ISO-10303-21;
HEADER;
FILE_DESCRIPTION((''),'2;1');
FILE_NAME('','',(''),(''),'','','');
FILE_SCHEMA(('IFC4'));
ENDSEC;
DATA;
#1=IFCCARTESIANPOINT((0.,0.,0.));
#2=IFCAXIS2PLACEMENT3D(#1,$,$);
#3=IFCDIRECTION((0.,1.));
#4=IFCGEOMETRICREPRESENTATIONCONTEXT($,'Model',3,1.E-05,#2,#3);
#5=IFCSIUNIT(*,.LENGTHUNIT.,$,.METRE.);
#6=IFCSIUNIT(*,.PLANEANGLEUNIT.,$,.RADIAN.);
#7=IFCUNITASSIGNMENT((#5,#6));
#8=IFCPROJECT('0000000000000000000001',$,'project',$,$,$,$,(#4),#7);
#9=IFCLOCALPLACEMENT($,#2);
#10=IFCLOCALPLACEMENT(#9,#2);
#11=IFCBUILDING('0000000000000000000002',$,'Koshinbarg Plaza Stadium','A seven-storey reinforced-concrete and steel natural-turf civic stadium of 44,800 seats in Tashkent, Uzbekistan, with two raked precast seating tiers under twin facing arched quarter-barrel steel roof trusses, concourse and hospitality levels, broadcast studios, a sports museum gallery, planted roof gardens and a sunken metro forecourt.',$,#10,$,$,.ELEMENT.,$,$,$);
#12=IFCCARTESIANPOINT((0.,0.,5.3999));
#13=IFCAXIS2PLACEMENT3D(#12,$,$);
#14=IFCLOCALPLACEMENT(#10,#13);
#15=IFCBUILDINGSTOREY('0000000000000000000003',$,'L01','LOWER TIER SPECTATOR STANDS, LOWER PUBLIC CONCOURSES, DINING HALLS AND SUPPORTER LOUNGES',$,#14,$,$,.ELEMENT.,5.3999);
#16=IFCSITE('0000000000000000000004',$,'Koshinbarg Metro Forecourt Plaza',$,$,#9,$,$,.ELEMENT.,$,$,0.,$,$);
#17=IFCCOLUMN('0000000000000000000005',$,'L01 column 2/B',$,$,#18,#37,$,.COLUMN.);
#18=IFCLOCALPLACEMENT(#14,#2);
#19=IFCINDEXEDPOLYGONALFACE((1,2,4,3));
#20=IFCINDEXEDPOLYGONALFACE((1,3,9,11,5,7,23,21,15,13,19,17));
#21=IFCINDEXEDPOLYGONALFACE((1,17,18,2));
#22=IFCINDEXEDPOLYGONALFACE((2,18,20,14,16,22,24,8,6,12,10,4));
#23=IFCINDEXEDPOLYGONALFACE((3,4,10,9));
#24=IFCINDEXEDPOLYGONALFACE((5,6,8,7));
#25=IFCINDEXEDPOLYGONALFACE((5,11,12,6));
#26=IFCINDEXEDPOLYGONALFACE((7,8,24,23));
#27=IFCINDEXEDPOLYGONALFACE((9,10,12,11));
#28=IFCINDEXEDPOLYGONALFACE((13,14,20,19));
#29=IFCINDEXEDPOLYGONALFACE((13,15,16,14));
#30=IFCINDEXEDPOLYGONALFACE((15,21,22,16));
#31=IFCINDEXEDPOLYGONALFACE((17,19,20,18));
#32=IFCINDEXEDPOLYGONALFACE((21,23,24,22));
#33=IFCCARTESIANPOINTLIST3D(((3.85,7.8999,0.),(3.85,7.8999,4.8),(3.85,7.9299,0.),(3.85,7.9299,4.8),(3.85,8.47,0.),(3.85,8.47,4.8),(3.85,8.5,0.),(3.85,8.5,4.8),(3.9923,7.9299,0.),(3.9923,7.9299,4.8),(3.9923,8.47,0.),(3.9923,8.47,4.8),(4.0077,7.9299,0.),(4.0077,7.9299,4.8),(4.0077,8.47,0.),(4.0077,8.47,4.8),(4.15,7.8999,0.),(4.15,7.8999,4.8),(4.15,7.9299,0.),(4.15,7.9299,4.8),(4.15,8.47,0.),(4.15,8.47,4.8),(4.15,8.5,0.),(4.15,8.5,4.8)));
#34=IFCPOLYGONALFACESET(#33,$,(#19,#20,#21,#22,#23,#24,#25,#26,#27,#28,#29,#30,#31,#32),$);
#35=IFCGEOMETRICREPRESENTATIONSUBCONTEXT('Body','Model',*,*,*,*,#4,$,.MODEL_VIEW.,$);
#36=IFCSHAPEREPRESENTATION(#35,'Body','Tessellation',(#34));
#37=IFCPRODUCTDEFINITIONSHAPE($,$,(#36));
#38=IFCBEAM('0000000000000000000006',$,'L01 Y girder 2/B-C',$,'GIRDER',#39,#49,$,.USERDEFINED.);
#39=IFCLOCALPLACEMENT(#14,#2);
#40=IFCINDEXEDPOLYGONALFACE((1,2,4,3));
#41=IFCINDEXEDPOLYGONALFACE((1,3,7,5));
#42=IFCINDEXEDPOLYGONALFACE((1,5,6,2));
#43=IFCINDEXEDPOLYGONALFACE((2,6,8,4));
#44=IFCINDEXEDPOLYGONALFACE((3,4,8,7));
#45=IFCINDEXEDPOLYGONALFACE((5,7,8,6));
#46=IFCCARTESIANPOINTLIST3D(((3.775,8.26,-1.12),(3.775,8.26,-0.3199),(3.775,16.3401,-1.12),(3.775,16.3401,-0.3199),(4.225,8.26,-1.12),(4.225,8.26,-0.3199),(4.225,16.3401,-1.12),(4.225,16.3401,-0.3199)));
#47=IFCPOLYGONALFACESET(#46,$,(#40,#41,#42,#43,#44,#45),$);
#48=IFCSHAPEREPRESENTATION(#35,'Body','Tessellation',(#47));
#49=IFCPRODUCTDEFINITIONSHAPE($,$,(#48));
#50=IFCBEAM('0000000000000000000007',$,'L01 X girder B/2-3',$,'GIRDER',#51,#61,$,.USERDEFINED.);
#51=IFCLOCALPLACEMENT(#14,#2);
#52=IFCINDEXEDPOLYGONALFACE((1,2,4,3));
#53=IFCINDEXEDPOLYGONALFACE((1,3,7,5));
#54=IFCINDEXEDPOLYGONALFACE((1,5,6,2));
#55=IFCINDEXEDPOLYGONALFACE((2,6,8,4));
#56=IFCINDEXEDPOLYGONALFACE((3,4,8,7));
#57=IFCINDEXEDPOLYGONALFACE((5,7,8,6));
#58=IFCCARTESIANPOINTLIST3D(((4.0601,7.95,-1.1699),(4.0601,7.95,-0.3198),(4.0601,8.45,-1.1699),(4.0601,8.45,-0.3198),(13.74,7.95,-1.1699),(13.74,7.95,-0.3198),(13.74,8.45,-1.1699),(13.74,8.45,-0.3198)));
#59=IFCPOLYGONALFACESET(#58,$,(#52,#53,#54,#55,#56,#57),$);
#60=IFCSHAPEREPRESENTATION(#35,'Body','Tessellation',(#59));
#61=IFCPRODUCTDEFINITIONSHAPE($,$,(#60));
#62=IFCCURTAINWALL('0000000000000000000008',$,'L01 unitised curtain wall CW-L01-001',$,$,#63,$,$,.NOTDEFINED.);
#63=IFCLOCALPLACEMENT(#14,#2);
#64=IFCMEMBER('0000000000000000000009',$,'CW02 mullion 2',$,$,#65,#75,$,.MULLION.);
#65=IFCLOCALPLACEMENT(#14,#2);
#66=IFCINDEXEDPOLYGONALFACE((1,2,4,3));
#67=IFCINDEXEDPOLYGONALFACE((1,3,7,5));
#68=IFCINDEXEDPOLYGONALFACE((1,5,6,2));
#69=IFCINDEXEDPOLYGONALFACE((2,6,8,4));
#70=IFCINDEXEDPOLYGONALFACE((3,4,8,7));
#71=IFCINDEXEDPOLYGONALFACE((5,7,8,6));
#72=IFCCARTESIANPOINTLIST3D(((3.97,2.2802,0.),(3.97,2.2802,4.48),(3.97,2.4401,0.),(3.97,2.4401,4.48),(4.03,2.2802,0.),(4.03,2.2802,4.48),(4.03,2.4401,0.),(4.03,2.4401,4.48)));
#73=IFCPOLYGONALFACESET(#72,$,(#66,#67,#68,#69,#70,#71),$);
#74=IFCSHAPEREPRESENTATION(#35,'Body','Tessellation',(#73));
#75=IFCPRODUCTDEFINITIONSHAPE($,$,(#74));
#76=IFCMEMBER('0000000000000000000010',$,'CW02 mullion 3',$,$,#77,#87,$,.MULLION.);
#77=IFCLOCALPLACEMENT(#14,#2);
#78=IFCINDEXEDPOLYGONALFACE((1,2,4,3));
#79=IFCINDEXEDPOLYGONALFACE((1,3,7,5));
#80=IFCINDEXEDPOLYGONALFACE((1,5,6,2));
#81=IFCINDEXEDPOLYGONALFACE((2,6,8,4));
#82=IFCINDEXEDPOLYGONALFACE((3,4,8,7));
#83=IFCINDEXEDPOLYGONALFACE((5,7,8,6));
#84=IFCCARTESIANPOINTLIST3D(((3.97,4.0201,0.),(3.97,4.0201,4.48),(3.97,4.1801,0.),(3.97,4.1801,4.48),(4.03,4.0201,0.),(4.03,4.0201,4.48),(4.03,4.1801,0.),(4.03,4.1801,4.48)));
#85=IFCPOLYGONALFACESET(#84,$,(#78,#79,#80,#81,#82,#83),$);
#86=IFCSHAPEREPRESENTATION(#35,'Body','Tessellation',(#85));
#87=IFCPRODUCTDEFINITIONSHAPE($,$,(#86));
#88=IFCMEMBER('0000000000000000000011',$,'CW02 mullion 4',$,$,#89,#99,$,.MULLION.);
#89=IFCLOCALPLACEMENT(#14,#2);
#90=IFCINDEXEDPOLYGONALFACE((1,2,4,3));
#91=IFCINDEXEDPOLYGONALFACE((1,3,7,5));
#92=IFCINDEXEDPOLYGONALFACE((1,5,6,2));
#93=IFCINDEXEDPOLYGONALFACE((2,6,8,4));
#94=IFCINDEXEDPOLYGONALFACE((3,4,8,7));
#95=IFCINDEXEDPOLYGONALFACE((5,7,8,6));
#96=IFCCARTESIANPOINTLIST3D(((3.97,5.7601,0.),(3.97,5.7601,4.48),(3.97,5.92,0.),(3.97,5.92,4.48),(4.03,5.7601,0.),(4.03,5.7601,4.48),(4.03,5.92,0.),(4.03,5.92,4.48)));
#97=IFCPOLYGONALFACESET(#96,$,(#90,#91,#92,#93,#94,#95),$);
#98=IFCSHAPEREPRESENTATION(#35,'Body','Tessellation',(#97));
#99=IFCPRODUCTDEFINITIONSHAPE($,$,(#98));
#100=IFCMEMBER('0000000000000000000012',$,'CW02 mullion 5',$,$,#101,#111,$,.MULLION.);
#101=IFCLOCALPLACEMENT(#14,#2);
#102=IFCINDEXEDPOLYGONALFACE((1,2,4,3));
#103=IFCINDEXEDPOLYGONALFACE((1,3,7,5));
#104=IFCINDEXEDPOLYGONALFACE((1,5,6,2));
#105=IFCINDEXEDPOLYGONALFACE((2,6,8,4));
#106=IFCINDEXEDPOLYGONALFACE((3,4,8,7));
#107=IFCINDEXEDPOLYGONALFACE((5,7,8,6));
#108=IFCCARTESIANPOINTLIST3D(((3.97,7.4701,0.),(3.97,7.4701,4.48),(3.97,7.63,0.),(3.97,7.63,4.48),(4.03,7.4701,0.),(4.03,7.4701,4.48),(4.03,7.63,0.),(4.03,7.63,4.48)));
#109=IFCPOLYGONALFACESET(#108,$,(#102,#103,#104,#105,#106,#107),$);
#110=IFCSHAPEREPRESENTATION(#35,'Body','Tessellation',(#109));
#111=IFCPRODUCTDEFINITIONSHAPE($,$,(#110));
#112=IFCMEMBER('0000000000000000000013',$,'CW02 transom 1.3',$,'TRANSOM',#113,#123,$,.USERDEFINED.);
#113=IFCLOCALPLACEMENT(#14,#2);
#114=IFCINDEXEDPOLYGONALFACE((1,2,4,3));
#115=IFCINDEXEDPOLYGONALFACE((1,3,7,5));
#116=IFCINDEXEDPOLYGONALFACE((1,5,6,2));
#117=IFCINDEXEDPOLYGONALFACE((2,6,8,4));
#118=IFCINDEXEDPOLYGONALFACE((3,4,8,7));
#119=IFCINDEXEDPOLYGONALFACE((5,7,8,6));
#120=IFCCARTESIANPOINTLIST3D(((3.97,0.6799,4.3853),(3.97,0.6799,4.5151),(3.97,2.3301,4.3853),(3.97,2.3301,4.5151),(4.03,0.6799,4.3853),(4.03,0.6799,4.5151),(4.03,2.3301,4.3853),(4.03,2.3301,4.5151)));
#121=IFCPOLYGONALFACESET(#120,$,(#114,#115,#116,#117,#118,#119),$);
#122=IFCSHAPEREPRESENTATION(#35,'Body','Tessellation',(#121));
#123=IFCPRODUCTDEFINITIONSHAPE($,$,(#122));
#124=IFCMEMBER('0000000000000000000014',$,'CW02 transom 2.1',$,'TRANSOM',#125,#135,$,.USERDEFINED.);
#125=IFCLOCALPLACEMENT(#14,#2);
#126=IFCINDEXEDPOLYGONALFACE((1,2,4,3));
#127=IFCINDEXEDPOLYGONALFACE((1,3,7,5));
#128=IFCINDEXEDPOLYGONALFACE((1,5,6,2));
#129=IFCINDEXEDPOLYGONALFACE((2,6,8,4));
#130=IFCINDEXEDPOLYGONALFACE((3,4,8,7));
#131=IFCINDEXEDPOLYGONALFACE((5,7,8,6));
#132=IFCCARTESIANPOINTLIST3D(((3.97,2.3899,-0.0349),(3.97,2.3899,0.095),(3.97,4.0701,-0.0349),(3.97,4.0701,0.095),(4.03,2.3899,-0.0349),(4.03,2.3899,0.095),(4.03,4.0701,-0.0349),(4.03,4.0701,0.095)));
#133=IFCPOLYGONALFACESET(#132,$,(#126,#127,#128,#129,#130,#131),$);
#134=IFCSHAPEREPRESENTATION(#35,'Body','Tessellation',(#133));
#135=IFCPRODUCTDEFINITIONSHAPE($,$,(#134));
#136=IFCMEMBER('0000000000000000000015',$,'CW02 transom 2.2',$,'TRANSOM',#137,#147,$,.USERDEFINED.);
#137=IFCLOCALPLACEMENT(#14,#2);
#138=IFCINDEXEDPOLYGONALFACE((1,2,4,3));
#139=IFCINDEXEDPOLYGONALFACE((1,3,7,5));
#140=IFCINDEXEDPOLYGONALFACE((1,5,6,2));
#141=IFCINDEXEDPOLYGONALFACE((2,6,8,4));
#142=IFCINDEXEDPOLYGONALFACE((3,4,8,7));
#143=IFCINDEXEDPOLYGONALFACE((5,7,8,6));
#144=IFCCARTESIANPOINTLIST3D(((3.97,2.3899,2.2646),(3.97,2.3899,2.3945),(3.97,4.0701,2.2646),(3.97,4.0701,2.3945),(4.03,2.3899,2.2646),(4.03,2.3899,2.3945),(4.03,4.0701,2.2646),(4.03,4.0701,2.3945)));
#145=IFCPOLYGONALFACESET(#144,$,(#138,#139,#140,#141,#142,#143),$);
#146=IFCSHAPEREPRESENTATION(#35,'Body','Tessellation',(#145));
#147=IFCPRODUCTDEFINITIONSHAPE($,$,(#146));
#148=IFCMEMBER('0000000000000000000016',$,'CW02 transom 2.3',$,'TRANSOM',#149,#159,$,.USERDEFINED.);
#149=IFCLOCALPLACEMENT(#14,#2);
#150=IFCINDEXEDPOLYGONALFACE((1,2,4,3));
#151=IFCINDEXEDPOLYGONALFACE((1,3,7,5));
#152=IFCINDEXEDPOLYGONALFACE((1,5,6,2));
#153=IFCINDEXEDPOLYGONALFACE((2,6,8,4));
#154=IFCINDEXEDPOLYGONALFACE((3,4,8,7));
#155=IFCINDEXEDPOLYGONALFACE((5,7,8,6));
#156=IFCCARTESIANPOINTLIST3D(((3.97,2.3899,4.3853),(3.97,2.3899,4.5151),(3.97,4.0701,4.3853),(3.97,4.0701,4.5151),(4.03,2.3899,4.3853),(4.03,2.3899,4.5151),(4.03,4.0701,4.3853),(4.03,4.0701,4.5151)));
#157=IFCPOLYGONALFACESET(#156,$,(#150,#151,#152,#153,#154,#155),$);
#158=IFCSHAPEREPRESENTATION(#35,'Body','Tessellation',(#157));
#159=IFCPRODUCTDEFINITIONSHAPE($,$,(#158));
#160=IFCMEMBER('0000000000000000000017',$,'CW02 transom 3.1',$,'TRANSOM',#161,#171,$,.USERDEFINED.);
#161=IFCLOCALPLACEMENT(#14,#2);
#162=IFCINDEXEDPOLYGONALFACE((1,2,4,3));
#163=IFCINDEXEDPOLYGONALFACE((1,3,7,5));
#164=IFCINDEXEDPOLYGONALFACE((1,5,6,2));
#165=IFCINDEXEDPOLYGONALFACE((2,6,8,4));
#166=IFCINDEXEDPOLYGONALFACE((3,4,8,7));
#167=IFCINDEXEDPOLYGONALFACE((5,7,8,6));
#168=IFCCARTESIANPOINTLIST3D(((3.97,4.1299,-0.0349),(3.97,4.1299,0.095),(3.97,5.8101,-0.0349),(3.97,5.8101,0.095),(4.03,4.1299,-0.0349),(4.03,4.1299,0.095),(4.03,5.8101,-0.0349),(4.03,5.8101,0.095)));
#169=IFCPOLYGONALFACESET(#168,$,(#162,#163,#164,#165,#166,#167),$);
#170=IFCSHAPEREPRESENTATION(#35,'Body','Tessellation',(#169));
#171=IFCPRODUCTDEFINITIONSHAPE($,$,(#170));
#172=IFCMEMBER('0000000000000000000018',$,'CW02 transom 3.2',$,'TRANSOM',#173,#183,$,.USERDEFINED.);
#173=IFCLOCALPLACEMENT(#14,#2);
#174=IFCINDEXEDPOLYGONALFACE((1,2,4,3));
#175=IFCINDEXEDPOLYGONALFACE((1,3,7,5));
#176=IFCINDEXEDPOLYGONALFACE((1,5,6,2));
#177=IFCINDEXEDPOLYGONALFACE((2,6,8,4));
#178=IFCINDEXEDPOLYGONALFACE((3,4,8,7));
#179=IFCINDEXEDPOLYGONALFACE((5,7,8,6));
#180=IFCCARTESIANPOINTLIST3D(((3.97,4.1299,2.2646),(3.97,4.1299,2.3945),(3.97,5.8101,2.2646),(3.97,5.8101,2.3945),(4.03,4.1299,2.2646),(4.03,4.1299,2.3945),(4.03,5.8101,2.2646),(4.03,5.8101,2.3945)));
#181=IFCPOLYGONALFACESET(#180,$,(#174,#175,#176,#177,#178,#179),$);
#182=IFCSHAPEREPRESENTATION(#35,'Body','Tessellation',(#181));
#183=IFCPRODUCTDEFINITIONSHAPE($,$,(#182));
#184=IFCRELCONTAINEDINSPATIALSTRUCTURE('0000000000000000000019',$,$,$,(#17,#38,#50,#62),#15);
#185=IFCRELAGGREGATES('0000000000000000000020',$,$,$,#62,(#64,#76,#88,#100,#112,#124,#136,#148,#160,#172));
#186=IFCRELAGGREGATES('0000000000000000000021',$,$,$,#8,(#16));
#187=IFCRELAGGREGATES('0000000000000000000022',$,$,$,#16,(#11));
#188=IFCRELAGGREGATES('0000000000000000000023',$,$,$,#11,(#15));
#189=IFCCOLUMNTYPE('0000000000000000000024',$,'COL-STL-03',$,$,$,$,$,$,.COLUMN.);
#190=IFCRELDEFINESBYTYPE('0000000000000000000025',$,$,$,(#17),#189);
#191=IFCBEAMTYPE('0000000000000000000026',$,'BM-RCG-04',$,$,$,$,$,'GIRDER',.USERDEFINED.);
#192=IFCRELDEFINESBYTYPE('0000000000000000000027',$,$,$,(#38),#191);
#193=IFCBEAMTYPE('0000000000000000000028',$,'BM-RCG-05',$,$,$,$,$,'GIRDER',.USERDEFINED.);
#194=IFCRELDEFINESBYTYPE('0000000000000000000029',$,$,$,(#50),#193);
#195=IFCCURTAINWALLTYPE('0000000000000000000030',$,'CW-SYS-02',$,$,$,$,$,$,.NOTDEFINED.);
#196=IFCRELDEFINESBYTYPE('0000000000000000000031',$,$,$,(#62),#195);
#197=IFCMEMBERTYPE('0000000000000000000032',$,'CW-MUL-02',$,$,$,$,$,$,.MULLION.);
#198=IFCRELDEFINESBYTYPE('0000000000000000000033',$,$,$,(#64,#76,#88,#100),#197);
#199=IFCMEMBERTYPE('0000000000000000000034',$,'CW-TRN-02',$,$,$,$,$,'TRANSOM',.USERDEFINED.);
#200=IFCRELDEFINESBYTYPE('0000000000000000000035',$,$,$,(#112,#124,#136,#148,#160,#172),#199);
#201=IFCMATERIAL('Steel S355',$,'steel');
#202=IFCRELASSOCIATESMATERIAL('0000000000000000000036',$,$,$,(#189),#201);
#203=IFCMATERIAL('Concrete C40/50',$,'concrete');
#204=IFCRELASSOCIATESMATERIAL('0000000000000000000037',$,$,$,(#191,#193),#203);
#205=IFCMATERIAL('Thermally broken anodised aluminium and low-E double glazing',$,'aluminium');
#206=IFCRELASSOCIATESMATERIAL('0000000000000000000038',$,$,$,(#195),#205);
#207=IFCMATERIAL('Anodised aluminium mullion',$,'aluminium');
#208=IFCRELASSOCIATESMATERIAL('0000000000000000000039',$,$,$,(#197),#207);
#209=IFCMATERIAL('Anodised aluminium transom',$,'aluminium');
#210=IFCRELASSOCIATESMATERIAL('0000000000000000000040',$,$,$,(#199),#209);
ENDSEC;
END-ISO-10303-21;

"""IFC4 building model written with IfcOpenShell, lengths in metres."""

from ifc_helpers import new_model, si_unit, direction, frame, origin, origin_2d, place, context, subcontext, project, spatial, rectangle, i_section, extrude, material, material_profile, profile_set, type_object, element, aggregate, save


model = new_model("IFC4")

# Units and contexts
model_context = context("Model", 3, precision=1e-05, world=origin(), true_north=direction((0.0, 1.0)))
body_context = subcontext(model_context, "Body", "Model", "MODEL_VIEW")
ifc_project = project(units=[si_unit("LENGTHUNIT", "METRE"), si_unit("PLANEANGLEUNIT", "RADIAN")], contexts=[model_context])

# Site, building, storey
site_placement = place(None, origin())
site = spatial("IfcSite", under=ifc_project, at=site_placement, Name="Koshinbarg Metro Forecourt Plaza", CompositionType="ELEMENT", RefElevation=0.0)
building_placement = place(site_placement, origin())
building = spatial("IfcBuilding", under=site, at=building_placement, Name="Koshinbarg Plaza Stadium", Description="A seven-storey reinforced-concrete and steel natural-turf civic stadium of 44,800 seats in Tashkent, Uzbekistan, with two raked precast seating tiers under twin facing arched quarter-barrel steel roof trusses, concourse and hospitality levels, broadcast studios, a sports museum gallery, planted roof gardens and a sunken metro forecourt.", CompositionType="ELEMENT")
storey_placement = place(building_placement, frame((0.0, 0.0, 5.3999)))
storey = spatial("IfcBuildingStorey", under=building, at=storey_placement, Name="L01", Description="LOWER TIER SPECTATOR STANDS, LOWER PUBLIC CONCOURSES, DINING HALLS AND SUPPORTER LOUNGES", CompositionType="ELEMENT", Elevation=5.3999)

# Column
ifc_material_1 = material(Name="Steel S355", Category="steel")
ifc_material_profile_1 = material_profile(ifc_material_1, i_section(OverallWidth=0.3, OverallDepth=0.6001, WebThickness=0.0154, FlangeThickness=0.03, at=origin_2d()), Name="HEB 600")
ifc_profile_set_1 = profile_set([ifc_material_profile_1], Name="Steel S355")
column_type = type_object("IfcColumnType", Name="COL-STL-03", PredefinedType="COLUMN", material=ifc_profile_set_1)
column_placement = place(storey_placement, frame((4.0, 8.2, 0.0), z_axis=(0.0, 0.0, 1.0), x_axis=(1.0, 0.0, 0.0)))
element("IfcColumn", 1, at=column_placement, inside=storey, type_object=column_type, Name="L01 column 2/B", PredefinedType="COLUMN", context=body_context, shape_type="SweptSolid", body=[
    extrude(i_section(OverallWidth=0.3, OverallDepth=0.6001, WebThickness=0.0154, FlangeThickness=0.03, at=origin_2d()), origin(), (0.0, 0.0, 1.0), 4.8),
])

# Beams
ifc_material_2 = material(Name="Concrete C40/50", Category="concrete")
ifc_material_profile_2 = material_profile(ifc_material_2, rectangle(XDim=0.45, YDim=0.8, at=origin_2d()), Name="RC 450x800")
ifc_profile_set_2 = profile_set([ifc_material_profile_2], Name="Concrete C40/50")
beam_type_1 = type_object("IfcBeamType", Name="BM-RCG-04", ElementType="GIRDER", PredefinedType="USERDEFINED", material=ifc_profile_set_2)
beam_1_placement = place(storey_placement, frame((4.0, 8.26, -0.72), z_axis=(0.0, 1.0, 0.0), x_axis=(-1.0, 0.0, 0.0)))
element("IfcBeam", 2, at=beam_1_placement, inside=storey, type_object=beam_type_1, Name="L01 Y girder 2/B-C", ObjectType="GIRDER", PredefinedType="USERDEFINED", context=body_context, shape_type="SweptSolid", body=[
    extrude(rectangle(XDim=0.45, YDim=0.8, at=origin_2d()), origin(), (0.0, 0.0, 1.0), 8.0801),
])
ifc_material_profile_3 = material_profile(ifc_material_2, rectangle(XDim=0.5, YDim=0.8501, at=origin_2d()), Name="RC 500x850")
ifc_profile_set_3 = profile_set([ifc_material_profile_3], Name="Concrete C40/50")
beam_type_2 = type_object("IfcBeamType", Name="BM-RCG-05", ElementType="GIRDER", PredefinedType="USERDEFINED", material=ifc_profile_set_3)
beam_2_placement = place(storey_placement, frame((4.0601, 8.2, -0.7449), z_axis=(1.0, 0.0, 0.0), x_axis=(0.0, 1.0, 0.0)))
element("IfcBeam", 3, at=beam_2_placement, inside=storey, type_object=beam_type_2, Name="L01 X girder B/2-3", ObjectType="GIRDER", PredefinedType="USERDEFINED", context=body_context, shape_type="SweptSolid", body=[
    extrude(rectangle(XDim=0.5, YDim=0.8501, at=origin_2d()), origin(), (0.0, 0.0, 1.0), 9.6799),
])

# Curtain wall, members
ifc_material_3 = material(Name="Thermally broken anodised aluminium and low-E double glazing", Category="aluminium")
curtain_wall_type = type_object("IfcCurtainWallType", Name="CW-SYS-02", PredefinedType="NOTDEFINED", material=ifc_material_3)
curtain_wall_placement = place(storey_placement, origin())
curtain_wall = element("IfcCurtainWall", 4, at=curtain_wall_placement, inside=storey, type_object=curtain_wall_type, Name="L01 unitised curtain wall CW-L01-001", PredefinedType="NOTDEFINED")
ifc_material_4 = material(Name="Anodised aluminium mullion", Category="aluminium")
ifc_material_profile_4 = material_profile(ifc_material_4, rectangle(XDim=0.0601, YDim=0.1599, at=origin_2d()), Name="ALU 60x160")
ifc_profile_set_4 = profile_set([ifc_material_profile_4], Name="Anodised aluminium mullion")
member_type_1 = type_object("IfcMemberType", Name="CW-MUL-02", PredefinedType="MULLION", material=ifc_profile_set_4)
member_1_placement = place(storey_placement, frame((4.0, 2.3601, 0.0), z_axis=(0.0, 0.0, 1.0), x_axis=(-1.0, 0.0, 0.0)))
member_1 = element("IfcMember", 5, at=member_1_placement, type_object=member_type_1, Name="CW02 mullion 2", PredefinedType="MULLION", context=body_context, shape_type="SweptSolid", body=[
    extrude(rectangle(XDim=0.0601, YDim=0.1599, at=origin_2d()), origin(), (0.0, 0.0, 1.0), 4.48),
])
member_2_placement = place(storey_placement, frame((4.0, 4.1001, 0.0), z_axis=(0.0, 0.0, 1.0), x_axis=(-1.0, 0.0, 0.0)))
member_2 = element("IfcMember", 6, at=member_2_placement, type_object=member_type_1, Name="CW02 mullion 3", PredefinedType="MULLION", context=body_context, shape_type="SweptSolid", body=[
    extrude(rectangle(XDim=0.0601, YDim=0.1599, at=origin_2d()), origin(), (0.0, 0.0, 1.0), 4.48),
])
member_3_placement = place(storey_placement, frame((4.0, 5.8401, 0.0), z_axis=(0.0, 0.0, 1.0), x_axis=(-1.0, 0.0, 0.0)))
member_3 = element("IfcMember", 7, at=member_3_placement, type_object=member_type_1, Name="CW02 mullion 4", PredefinedType="MULLION", context=body_context, shape_type="SweptSolid", body=[
    extrude(rectangle(XDim=0.0601, YDim=0.1599, at=origin_2d()), origin(), (0.0, 0.0, 1.0), 4.48),
])
member_4_placement = place(storey_placement, frame((4.0, 7.55, 0.0), z_axis=(0.0, 0.0, 1.0), x_axis=(-1.0, 0.0, 0.0)))
member_4 = element("IfcMember", 8, at=member_4_placement, type_object=member_type_1, Name="CW02 mullion 5", PredefinedType="MULLION", context=body_context, shape_type="SweptSolid", body=[
    extrude(rectangle(XDim=0.0601, YDim=0.1599, at=origin_2d()), origin(), (0.0, 0.0, 1.0), 4.48),
])
ifc_material_5 = material(Name="Anodised aluminium transom", Category="aluminium")
ifc_material_profile_5 = material_profile(ifc_material_5, rectangle(XDim=0.0601, YDim=0.1299, at=origin_2d()), Name="ALU 60x130")
ifc_profile_set_5 = profile_set([ifc_material_profile_5], Name="Anodised aluminium transom")
member_type_2 = type_object("IfcMemberType", Name="CW-TRN-02", ElementType="TRANSOM", PredefinedType="USERDEFINED", material=ifc_profile_set_5)
member_5_placement = place(storey_placement, frame((4.0, 0.6799, 4.4502), z_axis=(0.0, 1.0, 0.0), x_axis=(-1.0, 0.0, 0.0)))
member_5 = element("IfcMember", 9, at=member_5_placement, type_object=member_type_2, Name="CW02 transom 1.3", ObjectType="TRANSOM", PredefinedType="USERDEFINED", context=body_context, shape_type="SweptSolid", body=[
    extrude(rectangle(XDim=0.0601, YDim=0.1299, at=origin_2d()), origin(), (0.0, 0.0, 1.0), 1.6501),
])
member_6_placement = place(storey_placement, frame((4.0, 2.3899, 0.03), z_axis=(0.0, 1.0, 0.0), x_axis=(-1.0, 0.0, 0.0)))
member_6 = element("IfcMember", 10, at=member_6_placement, type_object=member_type_2, Name="CW02 transom 2.1", ObjectType="TRANSOM", PredefinedType="USERDEFINED", context=body_context, shape_type="SweptSolid", body=[
    extrude(rectangle(XDim=0.0601, YDim=0.1299, at=origin_2d()), origin(), (0.0, 0.0, 1.0), 1.6802),
])
member_7_placement = place(storey_placement, frame((4.0, 2.3899, 2.3296), z_axis=(0.0, 1.0, 0.0), x_axis=(-1.0, 0.0, 0.0)))
member_7 = element("IfcMember", 11, at=member_7_placement, type_object=member_type_2, Name="CW02 transom 2.2", ObjectType="TRANSOM", PredefinedType="USERDEFINED", context=body_context, shape_type="SweptSolid", body=[
    extrude(rectangle(XDim=0.0601, YDim=0.1299, at=origin_2d()), origin(), (0.0, 0.0, 1.0), 1.6802),
])
member_8_placement = place(storey_placement, frame((4.0, 2.3899, 4.4502), z_axis=(0.0, 1.0, 0.0), x_axis=(-1.0, 0.0, 0.0)))
member_8 = element("IfcMember", 12, at=member_8_placement, type_object=member_type_2, Name="CW02 transom 2.3", ObjectType="TRANSOM", PredefinedType="USERDEFINED", context=body_context, shape_type="SweptSolid", body=[
    extrude(rectangle(XDim=0.0601, YDim=0.1299, at=origin_2d()), origin(), (0.0, 0.0, 1.0), 1.6802),
])
member_9_placement = place(storey_placement, frame((4.0, 4.1299, 0.03), z_axis=(0.0, 1.0, 0.0), x_axis=(-1.0, 0.0, 0.0)))
member_9 = element("IfcMember", 13, at=member_9_placement, type_object=member_type_2, Name="CW02 transom 3.1", ObjectType="TRANSOM", PredefinedType="USERDEFINED", context=body_context, shape_type="SweptSolid", body=[
    extrude(rectangle(XDim=0.0601, YDim=0.1299, at=origin_2d()), origin(), (0.0, 0.0, 1.0), 1.6802),
])
member_10_placement = place(storey_placement, frame((4.0, 4.1299, 2.3296), z_axis=(0.0, 1.0, 0.0), x_axis=(-1.0, 0.0, 0.0)))
member_10 = element("IfcMember", 14, at=member_10_placement, type_object=member_type_2, Name="CW02 transom 3.2", ObjectType="TRANSOM", PredefinedType="USERDEFINED", context=body_context, shape_type="SweptSolid", body=[
    extrude(rectangle(XDim=0.0601, YDim=0.1299, at=origin_2d()), origin(), (0.0, 0.0, 1.0), 1.6802),
])
aggregate(curtain_wall, [member_1, member_2, member_3, member_4, member_5, member_6, member_7, member_8, member_9, member_10])

save(model, "model.ifc")
